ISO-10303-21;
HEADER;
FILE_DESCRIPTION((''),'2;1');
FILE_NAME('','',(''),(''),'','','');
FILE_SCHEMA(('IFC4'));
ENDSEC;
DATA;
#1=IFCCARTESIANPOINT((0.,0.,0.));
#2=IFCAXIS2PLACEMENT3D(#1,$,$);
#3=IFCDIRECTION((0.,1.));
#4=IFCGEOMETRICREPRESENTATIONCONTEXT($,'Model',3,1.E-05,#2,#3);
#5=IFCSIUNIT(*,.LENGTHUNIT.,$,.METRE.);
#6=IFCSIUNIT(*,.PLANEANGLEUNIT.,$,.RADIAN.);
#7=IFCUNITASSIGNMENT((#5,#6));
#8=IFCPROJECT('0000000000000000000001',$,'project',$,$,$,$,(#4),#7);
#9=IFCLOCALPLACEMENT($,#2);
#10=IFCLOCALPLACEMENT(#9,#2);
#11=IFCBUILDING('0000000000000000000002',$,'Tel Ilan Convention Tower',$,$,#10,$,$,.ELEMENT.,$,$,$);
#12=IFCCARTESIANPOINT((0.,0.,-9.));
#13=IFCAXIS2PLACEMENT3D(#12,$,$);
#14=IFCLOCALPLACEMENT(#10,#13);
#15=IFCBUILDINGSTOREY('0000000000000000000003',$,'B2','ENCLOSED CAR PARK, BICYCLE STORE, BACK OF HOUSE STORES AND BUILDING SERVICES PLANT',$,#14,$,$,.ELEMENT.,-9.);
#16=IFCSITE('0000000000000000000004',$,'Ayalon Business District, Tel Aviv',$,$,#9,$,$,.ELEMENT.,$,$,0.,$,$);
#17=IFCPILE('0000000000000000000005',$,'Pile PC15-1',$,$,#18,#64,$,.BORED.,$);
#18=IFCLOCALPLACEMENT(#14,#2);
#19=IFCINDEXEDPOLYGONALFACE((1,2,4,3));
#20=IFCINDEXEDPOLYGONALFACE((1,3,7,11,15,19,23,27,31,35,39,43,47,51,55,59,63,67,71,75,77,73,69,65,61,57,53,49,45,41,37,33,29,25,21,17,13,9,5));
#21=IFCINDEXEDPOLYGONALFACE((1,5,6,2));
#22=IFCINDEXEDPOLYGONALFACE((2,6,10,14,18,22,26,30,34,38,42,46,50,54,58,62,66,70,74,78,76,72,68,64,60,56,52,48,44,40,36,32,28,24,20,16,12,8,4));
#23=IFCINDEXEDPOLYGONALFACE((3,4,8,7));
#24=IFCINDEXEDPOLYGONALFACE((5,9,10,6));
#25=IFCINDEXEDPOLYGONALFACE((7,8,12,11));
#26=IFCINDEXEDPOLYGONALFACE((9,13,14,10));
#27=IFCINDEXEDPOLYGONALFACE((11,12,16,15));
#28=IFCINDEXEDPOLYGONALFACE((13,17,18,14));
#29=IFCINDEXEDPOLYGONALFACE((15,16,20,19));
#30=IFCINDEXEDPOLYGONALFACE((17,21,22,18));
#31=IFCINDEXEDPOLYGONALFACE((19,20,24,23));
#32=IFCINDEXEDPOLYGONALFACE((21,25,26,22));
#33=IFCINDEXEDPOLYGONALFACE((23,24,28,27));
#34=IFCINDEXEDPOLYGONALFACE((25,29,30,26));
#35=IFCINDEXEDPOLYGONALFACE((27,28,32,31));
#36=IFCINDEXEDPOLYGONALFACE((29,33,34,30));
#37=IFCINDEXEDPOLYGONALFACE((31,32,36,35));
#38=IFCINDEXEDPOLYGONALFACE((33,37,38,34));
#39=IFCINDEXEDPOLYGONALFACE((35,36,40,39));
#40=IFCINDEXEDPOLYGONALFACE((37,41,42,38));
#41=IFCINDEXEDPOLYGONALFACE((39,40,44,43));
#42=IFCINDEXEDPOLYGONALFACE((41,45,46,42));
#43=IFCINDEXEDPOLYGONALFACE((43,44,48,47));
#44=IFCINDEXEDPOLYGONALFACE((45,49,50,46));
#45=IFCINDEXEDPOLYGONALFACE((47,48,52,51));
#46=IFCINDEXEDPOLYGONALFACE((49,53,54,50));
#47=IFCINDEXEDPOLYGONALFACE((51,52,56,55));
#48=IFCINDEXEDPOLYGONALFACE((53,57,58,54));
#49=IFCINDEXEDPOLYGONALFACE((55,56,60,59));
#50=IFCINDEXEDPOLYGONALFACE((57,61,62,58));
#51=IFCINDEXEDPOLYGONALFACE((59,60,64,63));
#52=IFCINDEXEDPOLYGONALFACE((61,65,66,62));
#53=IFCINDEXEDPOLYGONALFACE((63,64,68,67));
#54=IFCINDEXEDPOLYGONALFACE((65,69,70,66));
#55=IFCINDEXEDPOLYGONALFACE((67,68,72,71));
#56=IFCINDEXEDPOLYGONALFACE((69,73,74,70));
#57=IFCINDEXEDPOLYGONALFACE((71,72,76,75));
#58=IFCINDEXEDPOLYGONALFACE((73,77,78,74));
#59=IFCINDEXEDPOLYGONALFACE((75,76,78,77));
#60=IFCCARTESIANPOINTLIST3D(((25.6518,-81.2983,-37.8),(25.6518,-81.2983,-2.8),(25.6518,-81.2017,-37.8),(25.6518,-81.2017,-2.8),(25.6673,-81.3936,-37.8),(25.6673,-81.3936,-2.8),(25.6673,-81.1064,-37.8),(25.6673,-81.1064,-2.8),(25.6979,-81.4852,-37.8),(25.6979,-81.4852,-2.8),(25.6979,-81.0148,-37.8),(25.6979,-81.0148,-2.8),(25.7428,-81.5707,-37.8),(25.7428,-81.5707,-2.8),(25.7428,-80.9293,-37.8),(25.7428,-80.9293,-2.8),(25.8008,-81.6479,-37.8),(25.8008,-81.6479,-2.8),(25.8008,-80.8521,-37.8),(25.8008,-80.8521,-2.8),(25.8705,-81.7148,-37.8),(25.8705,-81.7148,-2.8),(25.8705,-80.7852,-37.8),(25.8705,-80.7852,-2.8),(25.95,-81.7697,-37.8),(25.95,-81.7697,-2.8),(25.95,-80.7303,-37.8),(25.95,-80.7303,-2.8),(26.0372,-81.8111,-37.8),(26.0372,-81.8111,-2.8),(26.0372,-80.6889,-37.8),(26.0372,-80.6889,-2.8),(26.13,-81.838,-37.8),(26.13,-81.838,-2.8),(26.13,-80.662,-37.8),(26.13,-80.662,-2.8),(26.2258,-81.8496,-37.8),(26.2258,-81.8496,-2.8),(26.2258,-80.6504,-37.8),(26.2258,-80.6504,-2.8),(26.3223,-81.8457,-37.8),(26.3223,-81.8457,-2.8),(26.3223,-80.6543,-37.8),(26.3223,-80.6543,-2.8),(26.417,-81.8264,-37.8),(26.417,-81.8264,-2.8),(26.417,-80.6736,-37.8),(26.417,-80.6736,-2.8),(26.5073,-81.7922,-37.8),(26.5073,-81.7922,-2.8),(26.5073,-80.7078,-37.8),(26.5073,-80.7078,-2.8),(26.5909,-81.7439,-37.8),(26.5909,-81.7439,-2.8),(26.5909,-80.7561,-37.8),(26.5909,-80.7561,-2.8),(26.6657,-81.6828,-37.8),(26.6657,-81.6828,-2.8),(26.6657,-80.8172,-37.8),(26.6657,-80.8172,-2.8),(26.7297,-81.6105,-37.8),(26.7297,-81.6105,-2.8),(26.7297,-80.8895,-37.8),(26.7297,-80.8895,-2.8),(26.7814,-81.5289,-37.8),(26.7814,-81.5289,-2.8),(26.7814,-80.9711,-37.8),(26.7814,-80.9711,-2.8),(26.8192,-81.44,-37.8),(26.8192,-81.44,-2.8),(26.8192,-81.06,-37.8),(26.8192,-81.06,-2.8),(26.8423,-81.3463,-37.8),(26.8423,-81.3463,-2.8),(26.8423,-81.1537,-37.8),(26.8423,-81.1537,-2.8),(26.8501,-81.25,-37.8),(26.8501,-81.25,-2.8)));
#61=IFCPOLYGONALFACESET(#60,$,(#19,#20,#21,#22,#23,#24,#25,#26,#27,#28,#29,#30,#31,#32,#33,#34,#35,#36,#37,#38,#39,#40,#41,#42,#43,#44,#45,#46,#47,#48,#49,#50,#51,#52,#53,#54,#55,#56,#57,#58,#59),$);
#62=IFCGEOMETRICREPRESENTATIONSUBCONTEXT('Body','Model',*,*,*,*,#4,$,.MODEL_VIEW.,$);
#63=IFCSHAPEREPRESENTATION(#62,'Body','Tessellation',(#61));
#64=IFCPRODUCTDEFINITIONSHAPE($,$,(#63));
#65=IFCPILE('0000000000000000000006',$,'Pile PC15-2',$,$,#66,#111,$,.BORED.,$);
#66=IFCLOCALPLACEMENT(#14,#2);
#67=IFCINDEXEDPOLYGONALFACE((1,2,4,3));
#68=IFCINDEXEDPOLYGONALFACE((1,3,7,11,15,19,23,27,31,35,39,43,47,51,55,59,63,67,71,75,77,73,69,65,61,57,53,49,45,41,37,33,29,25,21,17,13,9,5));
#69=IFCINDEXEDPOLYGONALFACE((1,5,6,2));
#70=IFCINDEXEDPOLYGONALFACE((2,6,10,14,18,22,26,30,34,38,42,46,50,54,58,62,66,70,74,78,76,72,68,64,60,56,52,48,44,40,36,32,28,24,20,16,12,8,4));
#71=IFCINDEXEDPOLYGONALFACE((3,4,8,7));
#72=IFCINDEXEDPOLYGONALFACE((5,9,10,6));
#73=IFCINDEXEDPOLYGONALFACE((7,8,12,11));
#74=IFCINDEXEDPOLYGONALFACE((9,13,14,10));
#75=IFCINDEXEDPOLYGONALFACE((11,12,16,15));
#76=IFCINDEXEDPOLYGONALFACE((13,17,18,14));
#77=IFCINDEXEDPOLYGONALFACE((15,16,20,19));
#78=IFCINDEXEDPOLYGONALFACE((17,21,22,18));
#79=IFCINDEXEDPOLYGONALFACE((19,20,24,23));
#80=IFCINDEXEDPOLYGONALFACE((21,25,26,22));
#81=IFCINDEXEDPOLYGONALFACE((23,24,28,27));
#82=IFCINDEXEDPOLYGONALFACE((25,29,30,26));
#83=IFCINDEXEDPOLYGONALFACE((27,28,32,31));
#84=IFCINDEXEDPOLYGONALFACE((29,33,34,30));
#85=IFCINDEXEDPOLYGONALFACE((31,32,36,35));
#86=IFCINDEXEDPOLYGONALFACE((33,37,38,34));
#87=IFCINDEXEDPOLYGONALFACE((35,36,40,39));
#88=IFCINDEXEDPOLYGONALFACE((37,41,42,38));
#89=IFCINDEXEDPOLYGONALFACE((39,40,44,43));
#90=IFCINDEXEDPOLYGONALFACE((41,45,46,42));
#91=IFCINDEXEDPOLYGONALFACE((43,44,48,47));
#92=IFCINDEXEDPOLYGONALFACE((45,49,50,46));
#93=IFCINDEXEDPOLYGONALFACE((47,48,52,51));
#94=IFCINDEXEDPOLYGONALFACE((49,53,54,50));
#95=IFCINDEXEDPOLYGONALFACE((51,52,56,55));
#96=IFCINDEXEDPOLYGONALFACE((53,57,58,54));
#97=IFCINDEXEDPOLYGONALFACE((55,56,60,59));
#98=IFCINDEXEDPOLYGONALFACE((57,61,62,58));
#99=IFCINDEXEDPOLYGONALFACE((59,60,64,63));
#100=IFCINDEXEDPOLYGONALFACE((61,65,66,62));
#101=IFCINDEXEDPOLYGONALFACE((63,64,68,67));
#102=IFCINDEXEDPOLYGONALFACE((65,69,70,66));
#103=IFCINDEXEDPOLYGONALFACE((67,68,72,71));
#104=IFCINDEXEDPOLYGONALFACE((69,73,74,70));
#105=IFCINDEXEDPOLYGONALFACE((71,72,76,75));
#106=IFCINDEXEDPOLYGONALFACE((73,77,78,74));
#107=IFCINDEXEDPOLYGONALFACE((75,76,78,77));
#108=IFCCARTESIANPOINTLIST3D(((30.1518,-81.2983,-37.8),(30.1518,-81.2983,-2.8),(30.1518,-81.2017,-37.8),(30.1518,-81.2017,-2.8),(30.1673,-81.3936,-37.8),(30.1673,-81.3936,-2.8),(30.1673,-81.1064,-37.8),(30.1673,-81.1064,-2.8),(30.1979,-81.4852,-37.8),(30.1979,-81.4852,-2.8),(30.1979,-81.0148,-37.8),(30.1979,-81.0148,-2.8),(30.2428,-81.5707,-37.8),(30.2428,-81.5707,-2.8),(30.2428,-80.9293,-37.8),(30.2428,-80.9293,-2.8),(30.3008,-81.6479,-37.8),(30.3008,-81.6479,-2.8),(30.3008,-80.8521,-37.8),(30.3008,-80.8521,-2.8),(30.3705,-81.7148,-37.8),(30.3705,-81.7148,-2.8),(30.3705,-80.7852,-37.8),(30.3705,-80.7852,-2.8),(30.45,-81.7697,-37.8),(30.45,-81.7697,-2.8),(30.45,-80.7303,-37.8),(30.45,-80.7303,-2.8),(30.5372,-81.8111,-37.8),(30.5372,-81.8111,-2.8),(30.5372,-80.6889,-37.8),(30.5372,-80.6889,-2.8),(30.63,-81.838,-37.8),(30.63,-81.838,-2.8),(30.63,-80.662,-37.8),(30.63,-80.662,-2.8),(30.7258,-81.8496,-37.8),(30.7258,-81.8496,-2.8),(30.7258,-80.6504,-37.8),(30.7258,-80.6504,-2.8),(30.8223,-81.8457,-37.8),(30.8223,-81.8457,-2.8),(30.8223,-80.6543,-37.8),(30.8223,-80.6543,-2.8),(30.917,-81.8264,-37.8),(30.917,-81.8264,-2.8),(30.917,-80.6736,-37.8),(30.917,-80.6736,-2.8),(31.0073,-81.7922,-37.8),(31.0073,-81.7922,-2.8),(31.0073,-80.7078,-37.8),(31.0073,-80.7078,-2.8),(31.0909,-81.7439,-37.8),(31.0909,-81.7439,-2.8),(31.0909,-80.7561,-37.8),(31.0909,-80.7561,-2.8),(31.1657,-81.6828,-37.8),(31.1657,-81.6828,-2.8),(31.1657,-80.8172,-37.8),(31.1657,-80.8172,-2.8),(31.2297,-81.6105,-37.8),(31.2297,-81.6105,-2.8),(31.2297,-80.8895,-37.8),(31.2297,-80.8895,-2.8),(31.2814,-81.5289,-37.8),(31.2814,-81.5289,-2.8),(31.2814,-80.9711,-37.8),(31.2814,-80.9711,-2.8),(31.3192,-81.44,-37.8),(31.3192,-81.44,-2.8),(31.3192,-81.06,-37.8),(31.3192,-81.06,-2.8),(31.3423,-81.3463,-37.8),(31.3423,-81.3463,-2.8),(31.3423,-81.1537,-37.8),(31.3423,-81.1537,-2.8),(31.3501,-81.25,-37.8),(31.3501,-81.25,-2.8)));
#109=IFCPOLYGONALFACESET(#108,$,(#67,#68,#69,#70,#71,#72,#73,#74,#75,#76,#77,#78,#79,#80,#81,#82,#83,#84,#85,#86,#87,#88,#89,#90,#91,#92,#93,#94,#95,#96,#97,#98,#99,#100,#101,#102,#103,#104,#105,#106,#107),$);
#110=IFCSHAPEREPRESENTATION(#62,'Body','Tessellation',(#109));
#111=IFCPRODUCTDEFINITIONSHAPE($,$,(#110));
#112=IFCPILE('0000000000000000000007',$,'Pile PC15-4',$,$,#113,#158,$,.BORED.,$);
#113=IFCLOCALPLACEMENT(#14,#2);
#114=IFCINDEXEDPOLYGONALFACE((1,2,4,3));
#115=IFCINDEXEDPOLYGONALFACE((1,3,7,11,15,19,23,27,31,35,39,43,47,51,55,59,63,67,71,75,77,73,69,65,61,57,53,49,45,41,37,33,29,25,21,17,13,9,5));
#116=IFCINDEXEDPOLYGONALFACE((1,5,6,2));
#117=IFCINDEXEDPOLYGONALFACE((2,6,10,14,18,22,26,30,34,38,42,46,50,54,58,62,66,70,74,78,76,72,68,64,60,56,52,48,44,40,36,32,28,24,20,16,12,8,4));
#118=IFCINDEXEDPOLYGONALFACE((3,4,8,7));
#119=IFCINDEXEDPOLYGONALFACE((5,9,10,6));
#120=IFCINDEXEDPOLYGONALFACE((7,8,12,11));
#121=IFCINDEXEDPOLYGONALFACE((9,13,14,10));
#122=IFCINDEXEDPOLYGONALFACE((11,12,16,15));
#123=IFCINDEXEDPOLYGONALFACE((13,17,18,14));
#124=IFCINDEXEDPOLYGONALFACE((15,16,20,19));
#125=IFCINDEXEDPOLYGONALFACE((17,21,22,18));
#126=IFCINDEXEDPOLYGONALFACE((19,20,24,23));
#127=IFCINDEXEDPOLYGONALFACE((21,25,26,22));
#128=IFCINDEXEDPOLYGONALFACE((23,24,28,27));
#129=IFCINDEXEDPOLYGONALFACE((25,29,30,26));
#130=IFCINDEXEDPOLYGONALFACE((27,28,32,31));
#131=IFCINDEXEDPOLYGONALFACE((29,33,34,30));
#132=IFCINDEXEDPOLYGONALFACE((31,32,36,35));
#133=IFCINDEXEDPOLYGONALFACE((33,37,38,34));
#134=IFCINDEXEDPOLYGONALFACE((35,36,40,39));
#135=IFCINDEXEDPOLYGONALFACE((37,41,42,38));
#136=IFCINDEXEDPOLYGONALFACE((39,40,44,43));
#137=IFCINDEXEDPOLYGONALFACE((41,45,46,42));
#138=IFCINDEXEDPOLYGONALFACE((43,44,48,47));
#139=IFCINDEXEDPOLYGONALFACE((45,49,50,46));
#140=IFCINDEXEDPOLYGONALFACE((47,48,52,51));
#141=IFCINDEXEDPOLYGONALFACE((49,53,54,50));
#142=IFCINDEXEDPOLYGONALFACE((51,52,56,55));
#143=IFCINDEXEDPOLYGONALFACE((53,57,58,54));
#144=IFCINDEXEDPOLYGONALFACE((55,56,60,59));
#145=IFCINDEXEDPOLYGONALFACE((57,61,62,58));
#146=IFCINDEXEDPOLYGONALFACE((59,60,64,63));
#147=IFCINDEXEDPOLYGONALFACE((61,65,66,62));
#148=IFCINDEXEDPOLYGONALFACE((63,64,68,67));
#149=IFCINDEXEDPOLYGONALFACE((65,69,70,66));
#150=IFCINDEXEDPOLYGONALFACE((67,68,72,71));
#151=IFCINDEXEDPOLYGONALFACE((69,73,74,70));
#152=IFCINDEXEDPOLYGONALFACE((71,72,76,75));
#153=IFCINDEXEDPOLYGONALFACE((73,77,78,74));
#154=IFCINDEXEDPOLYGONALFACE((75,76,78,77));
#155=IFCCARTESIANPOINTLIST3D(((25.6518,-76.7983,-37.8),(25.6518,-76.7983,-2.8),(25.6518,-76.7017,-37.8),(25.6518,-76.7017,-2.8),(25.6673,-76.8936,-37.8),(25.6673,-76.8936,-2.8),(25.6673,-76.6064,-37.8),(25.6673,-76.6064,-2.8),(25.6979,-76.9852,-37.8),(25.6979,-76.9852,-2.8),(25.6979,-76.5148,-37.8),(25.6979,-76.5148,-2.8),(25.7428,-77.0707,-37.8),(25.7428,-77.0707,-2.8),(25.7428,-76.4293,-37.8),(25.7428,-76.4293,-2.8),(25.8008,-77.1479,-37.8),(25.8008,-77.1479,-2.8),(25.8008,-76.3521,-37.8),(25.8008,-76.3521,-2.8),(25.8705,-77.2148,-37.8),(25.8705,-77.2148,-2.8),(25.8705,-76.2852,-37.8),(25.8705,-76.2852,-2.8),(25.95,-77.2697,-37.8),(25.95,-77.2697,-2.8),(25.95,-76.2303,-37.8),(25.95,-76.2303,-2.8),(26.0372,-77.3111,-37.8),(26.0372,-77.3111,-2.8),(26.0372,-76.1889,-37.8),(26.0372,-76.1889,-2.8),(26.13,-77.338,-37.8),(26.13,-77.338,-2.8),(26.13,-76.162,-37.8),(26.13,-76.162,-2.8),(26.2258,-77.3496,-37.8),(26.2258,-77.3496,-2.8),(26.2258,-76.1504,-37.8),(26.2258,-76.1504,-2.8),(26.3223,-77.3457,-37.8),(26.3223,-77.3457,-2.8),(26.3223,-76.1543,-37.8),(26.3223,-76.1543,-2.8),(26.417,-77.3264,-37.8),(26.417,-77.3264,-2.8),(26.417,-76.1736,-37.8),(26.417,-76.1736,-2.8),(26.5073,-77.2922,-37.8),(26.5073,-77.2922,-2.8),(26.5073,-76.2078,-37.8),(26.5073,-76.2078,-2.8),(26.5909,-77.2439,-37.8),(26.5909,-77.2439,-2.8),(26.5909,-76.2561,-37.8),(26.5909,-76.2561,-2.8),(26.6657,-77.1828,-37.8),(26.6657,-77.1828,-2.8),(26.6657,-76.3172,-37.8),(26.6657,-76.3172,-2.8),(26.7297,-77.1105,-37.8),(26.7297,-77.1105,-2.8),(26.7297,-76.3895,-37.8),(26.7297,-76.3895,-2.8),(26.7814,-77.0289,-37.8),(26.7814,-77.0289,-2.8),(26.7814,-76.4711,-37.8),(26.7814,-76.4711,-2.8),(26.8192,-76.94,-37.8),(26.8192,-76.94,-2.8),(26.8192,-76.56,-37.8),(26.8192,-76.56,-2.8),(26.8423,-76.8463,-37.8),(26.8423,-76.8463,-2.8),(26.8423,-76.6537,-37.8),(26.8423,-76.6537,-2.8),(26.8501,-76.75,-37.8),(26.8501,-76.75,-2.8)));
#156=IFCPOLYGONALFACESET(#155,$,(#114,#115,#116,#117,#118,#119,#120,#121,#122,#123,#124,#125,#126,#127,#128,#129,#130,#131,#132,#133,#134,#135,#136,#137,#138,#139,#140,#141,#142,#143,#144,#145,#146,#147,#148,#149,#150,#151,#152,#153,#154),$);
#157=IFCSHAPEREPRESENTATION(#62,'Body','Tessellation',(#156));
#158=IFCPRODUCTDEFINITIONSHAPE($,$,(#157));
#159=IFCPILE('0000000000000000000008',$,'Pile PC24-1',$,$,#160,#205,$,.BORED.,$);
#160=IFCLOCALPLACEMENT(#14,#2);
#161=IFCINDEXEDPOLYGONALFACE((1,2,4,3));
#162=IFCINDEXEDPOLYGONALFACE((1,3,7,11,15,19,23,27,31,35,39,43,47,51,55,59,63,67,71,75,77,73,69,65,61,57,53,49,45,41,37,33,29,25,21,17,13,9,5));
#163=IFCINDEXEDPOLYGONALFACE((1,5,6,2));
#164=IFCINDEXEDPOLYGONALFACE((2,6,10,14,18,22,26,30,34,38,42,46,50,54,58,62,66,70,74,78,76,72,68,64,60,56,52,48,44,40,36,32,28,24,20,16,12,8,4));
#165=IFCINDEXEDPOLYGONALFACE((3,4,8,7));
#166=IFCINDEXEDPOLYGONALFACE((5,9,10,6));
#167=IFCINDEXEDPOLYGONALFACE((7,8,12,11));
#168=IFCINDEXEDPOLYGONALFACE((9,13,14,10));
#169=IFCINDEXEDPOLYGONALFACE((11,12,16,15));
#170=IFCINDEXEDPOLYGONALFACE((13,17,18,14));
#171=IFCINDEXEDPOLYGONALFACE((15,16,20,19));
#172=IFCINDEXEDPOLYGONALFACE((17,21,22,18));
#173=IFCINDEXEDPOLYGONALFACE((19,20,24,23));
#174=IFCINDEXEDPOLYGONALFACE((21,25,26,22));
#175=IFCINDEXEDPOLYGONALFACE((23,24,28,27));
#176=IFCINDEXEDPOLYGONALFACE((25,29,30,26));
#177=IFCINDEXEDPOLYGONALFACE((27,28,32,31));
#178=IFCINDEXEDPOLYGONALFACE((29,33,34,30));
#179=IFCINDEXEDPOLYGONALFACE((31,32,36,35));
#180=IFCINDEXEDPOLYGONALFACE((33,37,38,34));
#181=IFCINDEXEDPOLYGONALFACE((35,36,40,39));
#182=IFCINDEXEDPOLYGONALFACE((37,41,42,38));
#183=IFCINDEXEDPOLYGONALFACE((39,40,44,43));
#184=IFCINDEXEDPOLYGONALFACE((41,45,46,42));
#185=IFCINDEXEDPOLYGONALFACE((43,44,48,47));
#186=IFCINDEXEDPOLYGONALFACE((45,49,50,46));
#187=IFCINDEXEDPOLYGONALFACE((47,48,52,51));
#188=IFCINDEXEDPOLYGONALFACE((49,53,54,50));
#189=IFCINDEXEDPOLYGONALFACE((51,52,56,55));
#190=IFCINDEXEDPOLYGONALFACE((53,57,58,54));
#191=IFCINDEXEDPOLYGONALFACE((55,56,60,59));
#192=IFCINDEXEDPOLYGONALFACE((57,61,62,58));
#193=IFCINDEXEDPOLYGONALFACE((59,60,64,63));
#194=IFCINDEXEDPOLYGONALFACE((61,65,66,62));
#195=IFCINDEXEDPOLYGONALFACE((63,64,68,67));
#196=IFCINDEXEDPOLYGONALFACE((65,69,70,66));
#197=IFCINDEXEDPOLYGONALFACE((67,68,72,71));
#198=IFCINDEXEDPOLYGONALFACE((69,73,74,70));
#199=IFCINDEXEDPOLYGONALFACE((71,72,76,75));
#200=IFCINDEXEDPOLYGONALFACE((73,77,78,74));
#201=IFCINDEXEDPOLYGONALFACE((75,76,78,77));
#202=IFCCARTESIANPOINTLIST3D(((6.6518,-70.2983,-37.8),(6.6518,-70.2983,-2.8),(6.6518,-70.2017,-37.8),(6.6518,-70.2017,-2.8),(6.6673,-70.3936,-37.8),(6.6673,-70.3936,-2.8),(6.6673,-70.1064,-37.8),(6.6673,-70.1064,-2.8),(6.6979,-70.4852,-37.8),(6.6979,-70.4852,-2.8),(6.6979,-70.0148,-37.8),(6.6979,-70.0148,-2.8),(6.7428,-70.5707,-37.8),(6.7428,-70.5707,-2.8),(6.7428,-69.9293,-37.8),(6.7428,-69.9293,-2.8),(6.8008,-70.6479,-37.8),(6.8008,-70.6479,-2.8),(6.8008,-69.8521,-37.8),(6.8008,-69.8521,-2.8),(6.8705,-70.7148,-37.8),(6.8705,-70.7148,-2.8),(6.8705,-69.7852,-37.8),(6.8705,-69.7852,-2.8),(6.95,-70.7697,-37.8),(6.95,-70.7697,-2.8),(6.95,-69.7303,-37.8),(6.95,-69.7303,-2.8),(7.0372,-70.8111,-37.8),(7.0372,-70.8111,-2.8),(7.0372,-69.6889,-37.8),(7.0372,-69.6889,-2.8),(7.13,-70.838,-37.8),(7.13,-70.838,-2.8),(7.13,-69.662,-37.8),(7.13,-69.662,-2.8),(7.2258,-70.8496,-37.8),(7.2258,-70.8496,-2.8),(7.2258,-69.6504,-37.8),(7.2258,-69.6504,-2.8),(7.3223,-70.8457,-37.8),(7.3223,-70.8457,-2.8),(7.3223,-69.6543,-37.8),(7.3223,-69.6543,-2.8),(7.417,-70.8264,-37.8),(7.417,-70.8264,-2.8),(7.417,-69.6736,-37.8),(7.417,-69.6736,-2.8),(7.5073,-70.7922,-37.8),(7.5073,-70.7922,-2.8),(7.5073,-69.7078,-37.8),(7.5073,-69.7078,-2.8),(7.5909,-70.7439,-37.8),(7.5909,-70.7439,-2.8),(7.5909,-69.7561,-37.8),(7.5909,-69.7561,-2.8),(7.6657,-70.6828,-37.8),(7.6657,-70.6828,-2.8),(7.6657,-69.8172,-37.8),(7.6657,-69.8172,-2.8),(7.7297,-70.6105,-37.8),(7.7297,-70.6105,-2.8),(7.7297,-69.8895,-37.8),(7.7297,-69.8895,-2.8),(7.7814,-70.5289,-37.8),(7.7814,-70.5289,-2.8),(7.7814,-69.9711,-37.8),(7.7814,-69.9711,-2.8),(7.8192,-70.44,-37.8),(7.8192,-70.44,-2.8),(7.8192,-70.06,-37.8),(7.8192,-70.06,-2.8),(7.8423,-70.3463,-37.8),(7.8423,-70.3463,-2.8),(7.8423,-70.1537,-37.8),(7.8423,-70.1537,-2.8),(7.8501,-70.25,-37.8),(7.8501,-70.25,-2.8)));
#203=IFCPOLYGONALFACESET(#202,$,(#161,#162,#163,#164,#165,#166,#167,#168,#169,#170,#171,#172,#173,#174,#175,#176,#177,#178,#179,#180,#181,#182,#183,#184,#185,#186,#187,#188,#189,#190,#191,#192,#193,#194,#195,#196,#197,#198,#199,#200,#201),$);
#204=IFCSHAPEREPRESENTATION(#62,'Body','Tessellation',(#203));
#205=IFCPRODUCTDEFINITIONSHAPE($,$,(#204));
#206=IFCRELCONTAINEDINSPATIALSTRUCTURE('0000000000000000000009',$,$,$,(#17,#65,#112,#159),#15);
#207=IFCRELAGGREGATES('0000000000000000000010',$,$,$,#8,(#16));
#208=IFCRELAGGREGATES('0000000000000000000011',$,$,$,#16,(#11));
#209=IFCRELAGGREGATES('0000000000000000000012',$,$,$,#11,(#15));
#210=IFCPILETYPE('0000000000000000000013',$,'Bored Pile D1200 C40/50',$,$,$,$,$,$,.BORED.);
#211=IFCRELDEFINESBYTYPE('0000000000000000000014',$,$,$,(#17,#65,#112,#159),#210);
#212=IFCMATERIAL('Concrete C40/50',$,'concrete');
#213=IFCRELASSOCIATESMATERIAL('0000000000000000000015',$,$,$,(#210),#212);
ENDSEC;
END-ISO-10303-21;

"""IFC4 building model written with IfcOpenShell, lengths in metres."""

from ifc_helpers import new_model, si_unit, direction, frame, origin, origin_2d, place, context, subcontext, project, spatial, circle, extrude, material, material_profile, profile_set, type_object, element, save


model = new_model("IFC4")

# Units and contexts
model_context = context("Model", 3, precision=1e-05, world=origin(), true_north=direction((0.0, 1.0)))
body_context = subcontext(model_context, "Body", "Model", "MODEL_VIEW")
ifc_project = project(units=[si_unit("LENGTHUNIT", "METRE"), si_unit("PLANEANGLEUNIT", "RADIAN")], contexts=[model_context])

# Site, building, storey
site_placement = place(None, origin())
site = spatial("IfcSite", under=ifc_project, at=site_placement, Name="Ayalon Business District, Tel Aviv", CompositionType="ELEMENT", RefElevation=0.0)
building_placement = place(site_placement, origin())
building = spatial("IfcBuilding", under=site, at=building_placement, Name="Tel Ilan Convention Tower", CompositionType="ELEMENT")
storey_placement = place(building_placement, frame((0.0, 0.0, -9.0)))
storey = spatial("IfcBuildingStorey", under=building, at=storey_placement, Name="B2", Description="ENCLOSED CAR PARK, BICYCLE STORE, BACK OF HOUSE STORES AND BUILDING SERVICES PLANT", CompositionType="ELEMENT", Elevation=-9.0)

# Piles
ifc_material_1 = material(Name="Concrete C40/50", Category="concrete")
ifc_material_profile_1 = material_profile(ifc_material_1, circle(Radius=0.6001, at=origin_2d()), Name="BORED D1200")
ifc_profile_set_1 = profile_set([ifc_material_profile_1], Name="Concrete C40/50")
pile_type = type_object("IfcPileType", Name="Bored Pile D1200 C40/50", PredefinedType="BORED", material=ifc_profile_set_1)
for number, where, z_axis, x_axis, name in (
    (1, (26.25, -81.25, -2.8), (0.0, 0.0, -1.0), (1.0, 0.0, 0.0), "Pile PC15-1"),
    (2, (30.75, -81.25, -2.8), (0.0, 0.0, -1.0), (1.0, 0.0, 0.0), "Pile PC15-2"),
    (3, (26.25, -76.75, -2.8), (0.0, 0.0, -1.0), (1.0, 0.0, 0.0), "Pile PC15-4"),
    (4, (7.25, -70.25, -2.8), (0.0, 0.0, -1.0), (1.0, 0.0, 0.0), "Pile PC24-1"),
):
    element("IfcPile", number, at=place(storey_placement, frame(where, z_axis=z_axis, x_axis=x_axis)), inside=storey, type_object=pile_type, Name=name, PredefinedType="BORED", context=body_context, shape_type="SweptSolid", body=[
        extrude(circle(Radius=0.6001, at=origin_2d()), origin(), (0.0, 0.0, 1.0), 35.0),
    ])

save(model, "model.ifc")
